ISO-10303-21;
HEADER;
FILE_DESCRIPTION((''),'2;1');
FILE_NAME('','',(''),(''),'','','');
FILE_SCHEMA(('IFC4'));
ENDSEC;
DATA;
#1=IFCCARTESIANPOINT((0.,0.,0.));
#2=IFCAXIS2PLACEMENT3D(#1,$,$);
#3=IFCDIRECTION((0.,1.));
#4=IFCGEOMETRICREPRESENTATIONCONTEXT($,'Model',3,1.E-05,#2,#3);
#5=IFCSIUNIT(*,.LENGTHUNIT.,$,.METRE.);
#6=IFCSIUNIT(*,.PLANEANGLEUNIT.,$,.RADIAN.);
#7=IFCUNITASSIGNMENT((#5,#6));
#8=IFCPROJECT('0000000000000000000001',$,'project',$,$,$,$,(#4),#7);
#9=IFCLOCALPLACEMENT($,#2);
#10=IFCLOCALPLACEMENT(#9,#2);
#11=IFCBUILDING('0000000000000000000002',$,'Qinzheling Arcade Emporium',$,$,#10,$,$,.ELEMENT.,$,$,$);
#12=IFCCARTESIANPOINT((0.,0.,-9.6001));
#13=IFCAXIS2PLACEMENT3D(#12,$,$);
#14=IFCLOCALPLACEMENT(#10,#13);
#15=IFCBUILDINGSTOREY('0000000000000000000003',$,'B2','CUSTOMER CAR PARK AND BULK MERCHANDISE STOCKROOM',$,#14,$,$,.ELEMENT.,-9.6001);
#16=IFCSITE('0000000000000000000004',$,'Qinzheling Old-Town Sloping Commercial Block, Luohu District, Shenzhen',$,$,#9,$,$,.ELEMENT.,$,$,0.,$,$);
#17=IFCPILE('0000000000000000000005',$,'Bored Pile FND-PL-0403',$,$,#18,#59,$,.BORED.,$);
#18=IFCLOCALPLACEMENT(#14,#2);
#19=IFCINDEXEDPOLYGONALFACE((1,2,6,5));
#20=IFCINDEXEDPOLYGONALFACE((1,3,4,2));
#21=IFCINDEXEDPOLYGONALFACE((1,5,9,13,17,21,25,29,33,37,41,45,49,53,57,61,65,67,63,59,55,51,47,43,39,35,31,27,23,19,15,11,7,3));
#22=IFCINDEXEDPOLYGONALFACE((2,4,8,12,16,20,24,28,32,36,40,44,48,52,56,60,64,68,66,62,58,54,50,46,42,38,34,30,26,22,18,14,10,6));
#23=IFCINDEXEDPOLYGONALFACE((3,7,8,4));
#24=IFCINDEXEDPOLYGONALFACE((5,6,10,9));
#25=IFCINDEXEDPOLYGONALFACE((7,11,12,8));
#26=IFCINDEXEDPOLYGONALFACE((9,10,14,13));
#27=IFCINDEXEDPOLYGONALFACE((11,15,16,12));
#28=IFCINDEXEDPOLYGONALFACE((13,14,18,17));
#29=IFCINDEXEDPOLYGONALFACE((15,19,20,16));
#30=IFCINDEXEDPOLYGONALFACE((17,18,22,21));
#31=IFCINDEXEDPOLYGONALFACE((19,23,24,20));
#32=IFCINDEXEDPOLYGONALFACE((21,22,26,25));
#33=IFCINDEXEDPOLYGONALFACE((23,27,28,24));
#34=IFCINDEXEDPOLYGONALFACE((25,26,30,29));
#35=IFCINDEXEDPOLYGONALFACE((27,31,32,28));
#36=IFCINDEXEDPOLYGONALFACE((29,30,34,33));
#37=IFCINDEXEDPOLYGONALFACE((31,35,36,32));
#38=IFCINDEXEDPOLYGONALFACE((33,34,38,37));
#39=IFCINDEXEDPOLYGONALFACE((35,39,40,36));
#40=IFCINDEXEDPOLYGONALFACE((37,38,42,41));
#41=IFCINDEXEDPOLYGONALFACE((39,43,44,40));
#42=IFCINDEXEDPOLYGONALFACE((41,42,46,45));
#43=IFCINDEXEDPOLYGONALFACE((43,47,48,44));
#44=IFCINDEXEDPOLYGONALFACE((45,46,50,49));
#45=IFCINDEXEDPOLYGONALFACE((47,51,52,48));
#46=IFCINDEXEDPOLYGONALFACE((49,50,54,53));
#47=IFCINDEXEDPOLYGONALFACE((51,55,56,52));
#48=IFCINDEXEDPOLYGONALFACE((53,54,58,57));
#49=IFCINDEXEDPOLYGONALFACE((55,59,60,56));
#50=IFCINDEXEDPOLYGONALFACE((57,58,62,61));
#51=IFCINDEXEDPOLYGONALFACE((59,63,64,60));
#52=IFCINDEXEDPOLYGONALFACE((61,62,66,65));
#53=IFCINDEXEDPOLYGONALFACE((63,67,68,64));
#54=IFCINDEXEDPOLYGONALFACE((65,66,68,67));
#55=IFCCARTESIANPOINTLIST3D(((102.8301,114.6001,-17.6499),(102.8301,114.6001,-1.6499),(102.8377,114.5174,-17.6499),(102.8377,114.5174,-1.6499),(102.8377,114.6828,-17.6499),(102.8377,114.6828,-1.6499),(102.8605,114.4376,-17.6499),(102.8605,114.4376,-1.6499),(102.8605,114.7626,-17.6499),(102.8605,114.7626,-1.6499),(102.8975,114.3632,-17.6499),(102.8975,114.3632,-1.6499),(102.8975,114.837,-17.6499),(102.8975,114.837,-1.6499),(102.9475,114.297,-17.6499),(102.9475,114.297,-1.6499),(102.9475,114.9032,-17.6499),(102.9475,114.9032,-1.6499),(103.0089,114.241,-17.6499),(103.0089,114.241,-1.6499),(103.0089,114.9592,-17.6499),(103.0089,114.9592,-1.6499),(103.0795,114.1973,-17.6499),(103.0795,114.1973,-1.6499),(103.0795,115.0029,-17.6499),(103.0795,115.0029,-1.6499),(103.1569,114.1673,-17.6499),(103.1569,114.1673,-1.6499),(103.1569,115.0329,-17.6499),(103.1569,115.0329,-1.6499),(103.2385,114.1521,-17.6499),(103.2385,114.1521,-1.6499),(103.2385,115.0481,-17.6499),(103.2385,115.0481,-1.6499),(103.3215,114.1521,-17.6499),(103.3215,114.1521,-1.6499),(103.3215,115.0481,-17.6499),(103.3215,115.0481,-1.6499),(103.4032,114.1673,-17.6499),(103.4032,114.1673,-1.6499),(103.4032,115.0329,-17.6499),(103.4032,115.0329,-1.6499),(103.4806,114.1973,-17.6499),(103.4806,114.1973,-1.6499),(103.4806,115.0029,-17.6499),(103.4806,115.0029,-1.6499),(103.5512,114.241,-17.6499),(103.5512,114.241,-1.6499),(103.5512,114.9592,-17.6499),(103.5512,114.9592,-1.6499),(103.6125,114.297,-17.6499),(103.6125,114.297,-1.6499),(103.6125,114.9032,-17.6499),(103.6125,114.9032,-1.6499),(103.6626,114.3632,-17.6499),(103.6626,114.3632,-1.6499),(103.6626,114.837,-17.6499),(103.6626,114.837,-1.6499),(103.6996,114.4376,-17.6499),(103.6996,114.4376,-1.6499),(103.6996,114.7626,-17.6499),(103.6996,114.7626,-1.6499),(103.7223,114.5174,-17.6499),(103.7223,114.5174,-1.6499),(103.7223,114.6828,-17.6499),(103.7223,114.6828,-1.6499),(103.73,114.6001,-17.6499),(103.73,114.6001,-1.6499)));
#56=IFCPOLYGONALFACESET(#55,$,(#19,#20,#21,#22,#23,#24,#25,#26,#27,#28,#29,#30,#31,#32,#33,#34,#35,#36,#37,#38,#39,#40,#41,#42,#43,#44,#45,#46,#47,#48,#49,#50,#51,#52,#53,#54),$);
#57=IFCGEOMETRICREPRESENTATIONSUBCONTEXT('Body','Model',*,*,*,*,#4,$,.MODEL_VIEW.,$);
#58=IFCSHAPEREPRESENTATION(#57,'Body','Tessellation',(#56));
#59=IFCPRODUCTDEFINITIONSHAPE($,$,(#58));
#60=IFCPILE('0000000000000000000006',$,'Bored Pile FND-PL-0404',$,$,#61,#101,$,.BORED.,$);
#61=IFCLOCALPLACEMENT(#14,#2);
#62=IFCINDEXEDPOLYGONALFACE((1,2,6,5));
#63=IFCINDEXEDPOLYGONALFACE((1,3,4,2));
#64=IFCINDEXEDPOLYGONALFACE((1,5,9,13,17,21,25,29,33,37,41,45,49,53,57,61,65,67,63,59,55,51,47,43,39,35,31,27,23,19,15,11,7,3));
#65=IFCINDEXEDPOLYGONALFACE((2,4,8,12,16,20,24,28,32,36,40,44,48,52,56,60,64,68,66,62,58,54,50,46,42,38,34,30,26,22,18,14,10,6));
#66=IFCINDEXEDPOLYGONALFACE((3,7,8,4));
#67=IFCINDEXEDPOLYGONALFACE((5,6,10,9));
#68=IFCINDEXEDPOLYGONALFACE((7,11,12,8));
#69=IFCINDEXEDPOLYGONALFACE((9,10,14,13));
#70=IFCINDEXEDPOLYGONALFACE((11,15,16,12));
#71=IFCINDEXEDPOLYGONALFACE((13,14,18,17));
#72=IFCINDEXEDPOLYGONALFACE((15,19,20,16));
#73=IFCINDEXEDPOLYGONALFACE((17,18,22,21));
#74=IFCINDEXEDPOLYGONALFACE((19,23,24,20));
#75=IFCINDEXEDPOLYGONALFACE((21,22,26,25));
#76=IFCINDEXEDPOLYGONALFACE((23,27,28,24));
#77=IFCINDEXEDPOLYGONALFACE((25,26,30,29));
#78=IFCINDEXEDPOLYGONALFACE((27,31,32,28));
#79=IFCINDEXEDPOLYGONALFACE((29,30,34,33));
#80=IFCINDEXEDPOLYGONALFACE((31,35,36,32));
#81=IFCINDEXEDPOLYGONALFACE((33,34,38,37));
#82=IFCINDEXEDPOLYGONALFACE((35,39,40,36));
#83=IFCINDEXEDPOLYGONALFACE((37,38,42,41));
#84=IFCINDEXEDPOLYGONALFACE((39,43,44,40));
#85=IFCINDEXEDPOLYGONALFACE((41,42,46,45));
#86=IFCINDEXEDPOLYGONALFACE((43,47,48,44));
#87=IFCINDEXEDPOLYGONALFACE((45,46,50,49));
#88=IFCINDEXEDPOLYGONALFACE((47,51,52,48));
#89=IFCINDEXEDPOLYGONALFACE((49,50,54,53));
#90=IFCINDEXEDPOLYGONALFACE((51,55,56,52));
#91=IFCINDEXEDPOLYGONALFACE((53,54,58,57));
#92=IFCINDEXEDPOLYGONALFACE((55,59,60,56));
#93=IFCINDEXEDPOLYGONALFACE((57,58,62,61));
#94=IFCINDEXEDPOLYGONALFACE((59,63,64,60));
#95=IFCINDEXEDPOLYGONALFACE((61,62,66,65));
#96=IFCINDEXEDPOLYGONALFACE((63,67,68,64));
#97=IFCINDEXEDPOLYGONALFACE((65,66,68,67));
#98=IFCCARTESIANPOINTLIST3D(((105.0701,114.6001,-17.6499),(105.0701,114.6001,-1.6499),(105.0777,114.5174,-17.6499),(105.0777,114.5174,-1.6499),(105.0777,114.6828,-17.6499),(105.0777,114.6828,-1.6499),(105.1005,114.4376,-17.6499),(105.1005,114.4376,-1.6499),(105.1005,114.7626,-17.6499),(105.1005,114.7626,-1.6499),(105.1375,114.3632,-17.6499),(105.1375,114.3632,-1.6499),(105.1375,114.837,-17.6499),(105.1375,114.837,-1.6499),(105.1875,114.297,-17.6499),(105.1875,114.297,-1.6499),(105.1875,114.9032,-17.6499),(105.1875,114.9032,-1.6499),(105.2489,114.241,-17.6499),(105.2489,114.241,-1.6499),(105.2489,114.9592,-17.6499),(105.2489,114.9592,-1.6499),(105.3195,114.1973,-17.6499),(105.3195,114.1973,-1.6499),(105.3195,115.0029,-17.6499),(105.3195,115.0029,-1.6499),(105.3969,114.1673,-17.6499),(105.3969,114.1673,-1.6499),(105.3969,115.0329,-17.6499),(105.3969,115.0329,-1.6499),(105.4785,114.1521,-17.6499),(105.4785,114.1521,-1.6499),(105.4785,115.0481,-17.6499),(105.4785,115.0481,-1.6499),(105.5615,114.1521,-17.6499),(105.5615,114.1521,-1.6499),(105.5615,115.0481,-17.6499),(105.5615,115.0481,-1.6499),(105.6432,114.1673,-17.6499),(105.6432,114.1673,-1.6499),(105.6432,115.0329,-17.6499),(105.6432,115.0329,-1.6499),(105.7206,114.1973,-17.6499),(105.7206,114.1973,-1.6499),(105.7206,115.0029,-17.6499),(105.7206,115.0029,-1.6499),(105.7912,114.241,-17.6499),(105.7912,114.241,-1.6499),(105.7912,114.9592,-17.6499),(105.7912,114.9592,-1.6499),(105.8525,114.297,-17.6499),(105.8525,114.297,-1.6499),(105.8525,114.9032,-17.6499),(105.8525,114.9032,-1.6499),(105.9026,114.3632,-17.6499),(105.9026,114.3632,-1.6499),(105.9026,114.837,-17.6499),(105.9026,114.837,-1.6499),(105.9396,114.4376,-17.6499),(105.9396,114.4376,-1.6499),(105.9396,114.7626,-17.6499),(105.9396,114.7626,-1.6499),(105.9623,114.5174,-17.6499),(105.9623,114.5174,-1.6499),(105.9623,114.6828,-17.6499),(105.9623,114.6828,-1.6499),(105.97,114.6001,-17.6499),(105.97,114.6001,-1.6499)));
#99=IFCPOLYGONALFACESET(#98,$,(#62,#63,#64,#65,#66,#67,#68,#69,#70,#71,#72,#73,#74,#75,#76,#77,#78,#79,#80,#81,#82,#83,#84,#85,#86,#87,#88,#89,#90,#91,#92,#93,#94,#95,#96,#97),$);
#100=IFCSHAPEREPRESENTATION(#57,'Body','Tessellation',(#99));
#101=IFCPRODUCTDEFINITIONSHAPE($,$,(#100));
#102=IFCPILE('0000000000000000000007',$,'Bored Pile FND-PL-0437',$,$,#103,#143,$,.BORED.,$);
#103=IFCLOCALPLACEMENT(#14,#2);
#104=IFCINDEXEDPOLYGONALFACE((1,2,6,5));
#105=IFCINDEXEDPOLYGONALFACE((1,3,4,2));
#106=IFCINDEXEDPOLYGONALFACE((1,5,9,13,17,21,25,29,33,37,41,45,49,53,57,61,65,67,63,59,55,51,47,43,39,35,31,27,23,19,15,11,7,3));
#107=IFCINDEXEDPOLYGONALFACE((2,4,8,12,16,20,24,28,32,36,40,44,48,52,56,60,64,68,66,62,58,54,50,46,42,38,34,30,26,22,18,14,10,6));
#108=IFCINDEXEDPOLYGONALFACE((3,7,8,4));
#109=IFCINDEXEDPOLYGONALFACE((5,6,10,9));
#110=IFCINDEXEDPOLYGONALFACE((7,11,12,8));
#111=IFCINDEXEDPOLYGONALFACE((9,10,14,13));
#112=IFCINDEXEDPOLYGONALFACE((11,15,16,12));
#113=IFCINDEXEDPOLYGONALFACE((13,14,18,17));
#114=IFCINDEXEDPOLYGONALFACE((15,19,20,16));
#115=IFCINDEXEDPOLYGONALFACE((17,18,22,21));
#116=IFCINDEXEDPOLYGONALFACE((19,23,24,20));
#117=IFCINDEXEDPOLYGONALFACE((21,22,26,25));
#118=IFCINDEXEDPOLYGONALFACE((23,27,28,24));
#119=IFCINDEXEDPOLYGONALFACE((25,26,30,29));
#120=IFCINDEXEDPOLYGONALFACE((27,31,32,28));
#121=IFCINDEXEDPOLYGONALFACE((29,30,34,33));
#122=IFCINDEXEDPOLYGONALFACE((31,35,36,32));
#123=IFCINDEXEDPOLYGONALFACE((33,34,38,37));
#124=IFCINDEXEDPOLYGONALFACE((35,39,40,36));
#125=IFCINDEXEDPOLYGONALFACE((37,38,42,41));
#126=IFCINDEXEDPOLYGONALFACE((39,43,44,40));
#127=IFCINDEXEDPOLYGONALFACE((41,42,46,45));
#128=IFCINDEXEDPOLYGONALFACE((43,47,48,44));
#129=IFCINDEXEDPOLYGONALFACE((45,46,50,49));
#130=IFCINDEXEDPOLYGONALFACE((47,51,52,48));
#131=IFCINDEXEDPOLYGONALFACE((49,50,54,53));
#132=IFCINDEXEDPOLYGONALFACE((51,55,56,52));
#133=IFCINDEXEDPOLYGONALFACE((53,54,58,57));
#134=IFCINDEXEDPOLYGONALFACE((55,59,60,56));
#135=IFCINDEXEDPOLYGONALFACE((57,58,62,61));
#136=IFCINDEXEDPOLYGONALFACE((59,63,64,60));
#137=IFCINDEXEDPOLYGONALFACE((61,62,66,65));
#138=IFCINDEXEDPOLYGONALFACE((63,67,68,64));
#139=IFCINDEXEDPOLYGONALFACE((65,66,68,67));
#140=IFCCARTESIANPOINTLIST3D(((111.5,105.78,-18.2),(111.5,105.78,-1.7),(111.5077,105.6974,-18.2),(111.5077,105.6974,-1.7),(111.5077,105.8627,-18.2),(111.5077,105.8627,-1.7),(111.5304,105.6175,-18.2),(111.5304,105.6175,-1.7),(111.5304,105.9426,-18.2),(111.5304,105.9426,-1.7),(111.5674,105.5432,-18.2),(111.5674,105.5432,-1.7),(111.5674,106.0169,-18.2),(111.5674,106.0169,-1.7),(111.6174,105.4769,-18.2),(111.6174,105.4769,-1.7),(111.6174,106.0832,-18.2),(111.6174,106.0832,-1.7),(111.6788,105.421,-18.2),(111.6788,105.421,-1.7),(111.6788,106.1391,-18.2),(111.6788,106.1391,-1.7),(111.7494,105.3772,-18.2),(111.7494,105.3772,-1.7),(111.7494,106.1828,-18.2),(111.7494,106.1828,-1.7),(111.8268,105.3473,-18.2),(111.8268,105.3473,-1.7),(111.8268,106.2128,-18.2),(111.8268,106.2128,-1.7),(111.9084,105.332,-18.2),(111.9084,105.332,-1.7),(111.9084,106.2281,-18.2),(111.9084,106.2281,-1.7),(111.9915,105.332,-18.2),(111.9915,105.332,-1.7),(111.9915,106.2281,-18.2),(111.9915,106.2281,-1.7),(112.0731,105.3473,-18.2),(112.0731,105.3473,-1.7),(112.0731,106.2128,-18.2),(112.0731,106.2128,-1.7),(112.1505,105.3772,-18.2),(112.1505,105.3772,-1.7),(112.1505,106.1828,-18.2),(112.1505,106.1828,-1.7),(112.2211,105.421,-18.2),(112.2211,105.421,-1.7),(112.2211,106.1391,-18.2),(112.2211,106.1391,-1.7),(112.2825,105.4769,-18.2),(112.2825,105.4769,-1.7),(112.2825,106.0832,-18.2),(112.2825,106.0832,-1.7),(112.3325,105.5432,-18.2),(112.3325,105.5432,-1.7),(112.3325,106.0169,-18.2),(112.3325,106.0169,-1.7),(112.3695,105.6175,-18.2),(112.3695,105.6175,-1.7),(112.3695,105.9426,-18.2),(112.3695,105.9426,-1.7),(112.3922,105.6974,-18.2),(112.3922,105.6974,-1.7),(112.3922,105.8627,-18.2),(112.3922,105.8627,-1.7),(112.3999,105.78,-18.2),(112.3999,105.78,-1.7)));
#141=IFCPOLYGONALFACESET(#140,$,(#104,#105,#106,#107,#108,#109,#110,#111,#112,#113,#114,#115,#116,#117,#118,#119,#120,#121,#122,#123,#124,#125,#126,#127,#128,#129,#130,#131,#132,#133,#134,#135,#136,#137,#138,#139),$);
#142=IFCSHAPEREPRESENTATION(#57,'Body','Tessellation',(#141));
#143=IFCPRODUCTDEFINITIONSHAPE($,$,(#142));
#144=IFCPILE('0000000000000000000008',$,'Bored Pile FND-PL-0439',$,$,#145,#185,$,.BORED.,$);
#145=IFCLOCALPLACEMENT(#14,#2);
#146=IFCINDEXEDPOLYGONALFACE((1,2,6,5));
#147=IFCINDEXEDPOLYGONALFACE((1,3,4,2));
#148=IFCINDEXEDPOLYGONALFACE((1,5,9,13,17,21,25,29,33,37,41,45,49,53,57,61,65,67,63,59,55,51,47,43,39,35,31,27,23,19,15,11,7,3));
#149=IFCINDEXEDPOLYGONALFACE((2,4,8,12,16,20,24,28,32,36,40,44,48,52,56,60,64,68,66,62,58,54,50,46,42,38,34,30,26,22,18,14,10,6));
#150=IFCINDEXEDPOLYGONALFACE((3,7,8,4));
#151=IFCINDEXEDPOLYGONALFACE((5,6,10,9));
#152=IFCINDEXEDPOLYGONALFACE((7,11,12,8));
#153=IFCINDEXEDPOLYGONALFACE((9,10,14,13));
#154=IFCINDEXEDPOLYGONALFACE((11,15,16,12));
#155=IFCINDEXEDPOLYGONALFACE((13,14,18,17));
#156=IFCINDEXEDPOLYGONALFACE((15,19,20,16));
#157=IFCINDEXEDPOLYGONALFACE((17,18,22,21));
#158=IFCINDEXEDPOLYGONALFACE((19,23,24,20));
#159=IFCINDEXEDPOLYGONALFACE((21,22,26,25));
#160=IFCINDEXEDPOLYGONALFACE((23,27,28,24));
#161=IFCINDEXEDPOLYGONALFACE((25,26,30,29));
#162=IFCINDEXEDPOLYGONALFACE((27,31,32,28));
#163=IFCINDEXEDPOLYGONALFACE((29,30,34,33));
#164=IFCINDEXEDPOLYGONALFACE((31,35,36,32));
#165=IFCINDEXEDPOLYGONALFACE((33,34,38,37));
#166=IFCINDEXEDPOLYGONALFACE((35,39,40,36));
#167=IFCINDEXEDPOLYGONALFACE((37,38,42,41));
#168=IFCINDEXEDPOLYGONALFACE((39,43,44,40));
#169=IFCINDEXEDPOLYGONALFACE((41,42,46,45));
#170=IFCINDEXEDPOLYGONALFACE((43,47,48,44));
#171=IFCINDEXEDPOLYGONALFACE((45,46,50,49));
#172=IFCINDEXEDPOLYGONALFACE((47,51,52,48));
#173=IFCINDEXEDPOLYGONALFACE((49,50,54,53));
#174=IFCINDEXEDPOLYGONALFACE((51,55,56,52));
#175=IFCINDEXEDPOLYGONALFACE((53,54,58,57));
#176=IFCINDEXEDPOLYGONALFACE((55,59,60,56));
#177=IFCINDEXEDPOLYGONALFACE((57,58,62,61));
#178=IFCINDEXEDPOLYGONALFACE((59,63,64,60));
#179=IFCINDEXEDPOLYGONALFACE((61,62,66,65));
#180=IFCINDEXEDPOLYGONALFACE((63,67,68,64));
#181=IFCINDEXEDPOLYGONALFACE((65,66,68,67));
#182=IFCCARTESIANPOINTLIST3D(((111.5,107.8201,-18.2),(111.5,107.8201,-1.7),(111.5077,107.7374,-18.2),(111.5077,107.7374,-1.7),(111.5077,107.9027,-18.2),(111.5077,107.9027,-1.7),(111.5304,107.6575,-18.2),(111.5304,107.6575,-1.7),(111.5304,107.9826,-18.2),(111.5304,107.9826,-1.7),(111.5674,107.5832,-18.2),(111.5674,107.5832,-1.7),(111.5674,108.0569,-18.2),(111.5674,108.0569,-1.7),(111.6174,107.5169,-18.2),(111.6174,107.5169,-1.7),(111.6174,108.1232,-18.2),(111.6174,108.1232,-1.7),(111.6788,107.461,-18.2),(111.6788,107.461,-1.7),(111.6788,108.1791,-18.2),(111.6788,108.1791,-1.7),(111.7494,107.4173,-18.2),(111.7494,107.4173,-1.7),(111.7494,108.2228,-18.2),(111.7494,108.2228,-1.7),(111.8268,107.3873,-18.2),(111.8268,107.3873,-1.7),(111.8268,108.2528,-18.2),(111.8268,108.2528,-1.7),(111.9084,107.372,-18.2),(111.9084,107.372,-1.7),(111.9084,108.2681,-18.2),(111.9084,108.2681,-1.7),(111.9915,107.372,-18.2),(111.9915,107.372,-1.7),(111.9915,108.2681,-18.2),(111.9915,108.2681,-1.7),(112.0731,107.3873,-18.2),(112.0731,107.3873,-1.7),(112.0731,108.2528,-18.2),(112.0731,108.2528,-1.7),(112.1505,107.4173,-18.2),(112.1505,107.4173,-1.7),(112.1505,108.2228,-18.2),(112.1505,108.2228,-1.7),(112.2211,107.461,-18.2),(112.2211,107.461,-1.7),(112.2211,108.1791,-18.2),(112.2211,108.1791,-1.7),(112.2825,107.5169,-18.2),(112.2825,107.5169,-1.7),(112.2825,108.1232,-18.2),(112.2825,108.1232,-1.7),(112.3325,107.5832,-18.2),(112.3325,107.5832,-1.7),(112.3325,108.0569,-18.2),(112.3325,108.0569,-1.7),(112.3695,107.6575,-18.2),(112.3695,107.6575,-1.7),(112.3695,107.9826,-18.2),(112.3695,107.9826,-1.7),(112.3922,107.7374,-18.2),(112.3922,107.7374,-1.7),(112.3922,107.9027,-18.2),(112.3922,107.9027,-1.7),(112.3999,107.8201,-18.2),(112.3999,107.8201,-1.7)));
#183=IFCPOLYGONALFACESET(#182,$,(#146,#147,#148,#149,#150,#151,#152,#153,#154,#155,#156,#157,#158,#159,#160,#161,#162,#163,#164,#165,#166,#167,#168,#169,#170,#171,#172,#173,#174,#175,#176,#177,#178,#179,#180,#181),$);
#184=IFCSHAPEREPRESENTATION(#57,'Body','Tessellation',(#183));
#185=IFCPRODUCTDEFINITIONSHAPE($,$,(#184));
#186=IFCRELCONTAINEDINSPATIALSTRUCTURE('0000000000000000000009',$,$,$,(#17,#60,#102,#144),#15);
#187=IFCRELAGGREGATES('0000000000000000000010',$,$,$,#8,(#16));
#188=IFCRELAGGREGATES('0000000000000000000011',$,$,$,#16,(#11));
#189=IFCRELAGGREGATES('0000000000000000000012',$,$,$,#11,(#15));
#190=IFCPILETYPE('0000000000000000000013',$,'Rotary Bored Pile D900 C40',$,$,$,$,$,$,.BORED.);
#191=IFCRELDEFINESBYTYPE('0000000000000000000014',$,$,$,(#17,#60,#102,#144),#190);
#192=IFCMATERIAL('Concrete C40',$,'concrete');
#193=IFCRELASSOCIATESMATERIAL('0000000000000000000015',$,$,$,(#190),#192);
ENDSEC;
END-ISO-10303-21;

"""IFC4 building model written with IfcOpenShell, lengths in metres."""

from ifc_helpers import new_model, si_unit, direction, frame, origin, origin_2d, place, context, subcontext, project, spatial, circle, extrude, material, material_profile, profile_set, type_object, element, save


model = new_model("IFC4")

# Units and contexts
model_context = context("Model", 3, precision=1e-05, world=origin(), true_north=direction((0.0, 1.0)))
body_context = subcontext(model_context, "Body", "Model", "MODEL_VIEW")
ifc_project = project(units=[si_unit("LENGTHUNIT", "METRE"), si_unit("PLANEANGLEUNIT", "RADIAN")], contexts=[model_context])

# Site, building, storey
site_placement = place(None, origin())
site = spatial("IfcSite", under=ifc_project, at=site_placement, Name="Qinzheling Old-Town Sloping Commercial Block, Luohu District, Shenzhen", CompositionType="ELEMENT", RefElevation=0.0)
building_placement = place(site_placement, origin())
building = spatial("IfcBuilding", under=site, at=building_placement, Name="Qinzheling Arcade Emporium", CompositionType="ELEMENT")
storey_placement = place(building_placement, frame((0.0, 0.0, -9.6001)))
storey = spatial("IfcBuildingStorey", under=building, at=storey_placement, Name="B2", Description="CUSTOMER CAR PARK AND BULK MERCHANDISE STOCKROOM", CompositionType="ELEMENT", Elevation=-9.6001)

# Shared definitions
ifc_material_1 = material(Name="Concrete C40", Category="concrete")

# Piles
ifc_material_profile_1 = material_profile(ifc_material_1, circle(Radius=0.45, at=origin_2d()), Name="BORED D900", Category="concrete")
ifc_profile_set_1 = profile_set([ifc_material_profile_1], Name="Concrete C40")
pile_type = type_object("IfcPileType", Name="Rotary Bored Pile D900 C40", PredefinedType="BORED", material=ifc_profile_set_1)
for number, where, z_axis, x_axis, name in (
    (1, (103.28, 114.6001, -1.6499), (0.0, 0.0, -1.0), (1.0, 0.0, 0.0), "Bored Pile FND-PL-0403"),
    (2, (105.52, 114.6001, -1.6499), (0.0, 0.0, -1.0), (1.0, 0.0, 0.0), "Bored Pile FND-PL-0404"),
):
    element("IfcPile", number, at=place(storey_placement, frame(where, z_axis=z_axis, x_axis=x_axis)), inside=storey, type_object=pile_type, Name=name, PredefinedType="BORED", context=body_context, shape_type="SweptSolid", body=[
        extrude(circle(Radius=0.45, at=origin_2d()), origin(), (0.0, 0.0, 1.0), 16.0),
    ])
for number, where, z_axis, x_axis, name in (
    (3, (111.95, 105.78, -1.7), (0.0, 0.0, -1.0), (1.0, 0.0, 0.0), "Bored Pile FND-PL-0437"),
    (4, (111.95, 107.8201, -1.7), (0.0, 0.0, -1.0), (1.0, 0.0, 0.0), "Bored Pile FND-PL-0439"),
):
    element("IfcPile", number, at=place(storey_placement, frame(where, z_axis=z_axis, x_axis=x_axis)), inside=storey, type_object=pile_type, Name=name, PredefinedType="BORED", context=body_context, shape_type="SweptSolid", body=[
        extrude(circle(Radius=0.45, at=origin_2d()), origin(), (0.0, 0.0, 1.0), 16.5),
    ])

save(model, "model.ifc")
